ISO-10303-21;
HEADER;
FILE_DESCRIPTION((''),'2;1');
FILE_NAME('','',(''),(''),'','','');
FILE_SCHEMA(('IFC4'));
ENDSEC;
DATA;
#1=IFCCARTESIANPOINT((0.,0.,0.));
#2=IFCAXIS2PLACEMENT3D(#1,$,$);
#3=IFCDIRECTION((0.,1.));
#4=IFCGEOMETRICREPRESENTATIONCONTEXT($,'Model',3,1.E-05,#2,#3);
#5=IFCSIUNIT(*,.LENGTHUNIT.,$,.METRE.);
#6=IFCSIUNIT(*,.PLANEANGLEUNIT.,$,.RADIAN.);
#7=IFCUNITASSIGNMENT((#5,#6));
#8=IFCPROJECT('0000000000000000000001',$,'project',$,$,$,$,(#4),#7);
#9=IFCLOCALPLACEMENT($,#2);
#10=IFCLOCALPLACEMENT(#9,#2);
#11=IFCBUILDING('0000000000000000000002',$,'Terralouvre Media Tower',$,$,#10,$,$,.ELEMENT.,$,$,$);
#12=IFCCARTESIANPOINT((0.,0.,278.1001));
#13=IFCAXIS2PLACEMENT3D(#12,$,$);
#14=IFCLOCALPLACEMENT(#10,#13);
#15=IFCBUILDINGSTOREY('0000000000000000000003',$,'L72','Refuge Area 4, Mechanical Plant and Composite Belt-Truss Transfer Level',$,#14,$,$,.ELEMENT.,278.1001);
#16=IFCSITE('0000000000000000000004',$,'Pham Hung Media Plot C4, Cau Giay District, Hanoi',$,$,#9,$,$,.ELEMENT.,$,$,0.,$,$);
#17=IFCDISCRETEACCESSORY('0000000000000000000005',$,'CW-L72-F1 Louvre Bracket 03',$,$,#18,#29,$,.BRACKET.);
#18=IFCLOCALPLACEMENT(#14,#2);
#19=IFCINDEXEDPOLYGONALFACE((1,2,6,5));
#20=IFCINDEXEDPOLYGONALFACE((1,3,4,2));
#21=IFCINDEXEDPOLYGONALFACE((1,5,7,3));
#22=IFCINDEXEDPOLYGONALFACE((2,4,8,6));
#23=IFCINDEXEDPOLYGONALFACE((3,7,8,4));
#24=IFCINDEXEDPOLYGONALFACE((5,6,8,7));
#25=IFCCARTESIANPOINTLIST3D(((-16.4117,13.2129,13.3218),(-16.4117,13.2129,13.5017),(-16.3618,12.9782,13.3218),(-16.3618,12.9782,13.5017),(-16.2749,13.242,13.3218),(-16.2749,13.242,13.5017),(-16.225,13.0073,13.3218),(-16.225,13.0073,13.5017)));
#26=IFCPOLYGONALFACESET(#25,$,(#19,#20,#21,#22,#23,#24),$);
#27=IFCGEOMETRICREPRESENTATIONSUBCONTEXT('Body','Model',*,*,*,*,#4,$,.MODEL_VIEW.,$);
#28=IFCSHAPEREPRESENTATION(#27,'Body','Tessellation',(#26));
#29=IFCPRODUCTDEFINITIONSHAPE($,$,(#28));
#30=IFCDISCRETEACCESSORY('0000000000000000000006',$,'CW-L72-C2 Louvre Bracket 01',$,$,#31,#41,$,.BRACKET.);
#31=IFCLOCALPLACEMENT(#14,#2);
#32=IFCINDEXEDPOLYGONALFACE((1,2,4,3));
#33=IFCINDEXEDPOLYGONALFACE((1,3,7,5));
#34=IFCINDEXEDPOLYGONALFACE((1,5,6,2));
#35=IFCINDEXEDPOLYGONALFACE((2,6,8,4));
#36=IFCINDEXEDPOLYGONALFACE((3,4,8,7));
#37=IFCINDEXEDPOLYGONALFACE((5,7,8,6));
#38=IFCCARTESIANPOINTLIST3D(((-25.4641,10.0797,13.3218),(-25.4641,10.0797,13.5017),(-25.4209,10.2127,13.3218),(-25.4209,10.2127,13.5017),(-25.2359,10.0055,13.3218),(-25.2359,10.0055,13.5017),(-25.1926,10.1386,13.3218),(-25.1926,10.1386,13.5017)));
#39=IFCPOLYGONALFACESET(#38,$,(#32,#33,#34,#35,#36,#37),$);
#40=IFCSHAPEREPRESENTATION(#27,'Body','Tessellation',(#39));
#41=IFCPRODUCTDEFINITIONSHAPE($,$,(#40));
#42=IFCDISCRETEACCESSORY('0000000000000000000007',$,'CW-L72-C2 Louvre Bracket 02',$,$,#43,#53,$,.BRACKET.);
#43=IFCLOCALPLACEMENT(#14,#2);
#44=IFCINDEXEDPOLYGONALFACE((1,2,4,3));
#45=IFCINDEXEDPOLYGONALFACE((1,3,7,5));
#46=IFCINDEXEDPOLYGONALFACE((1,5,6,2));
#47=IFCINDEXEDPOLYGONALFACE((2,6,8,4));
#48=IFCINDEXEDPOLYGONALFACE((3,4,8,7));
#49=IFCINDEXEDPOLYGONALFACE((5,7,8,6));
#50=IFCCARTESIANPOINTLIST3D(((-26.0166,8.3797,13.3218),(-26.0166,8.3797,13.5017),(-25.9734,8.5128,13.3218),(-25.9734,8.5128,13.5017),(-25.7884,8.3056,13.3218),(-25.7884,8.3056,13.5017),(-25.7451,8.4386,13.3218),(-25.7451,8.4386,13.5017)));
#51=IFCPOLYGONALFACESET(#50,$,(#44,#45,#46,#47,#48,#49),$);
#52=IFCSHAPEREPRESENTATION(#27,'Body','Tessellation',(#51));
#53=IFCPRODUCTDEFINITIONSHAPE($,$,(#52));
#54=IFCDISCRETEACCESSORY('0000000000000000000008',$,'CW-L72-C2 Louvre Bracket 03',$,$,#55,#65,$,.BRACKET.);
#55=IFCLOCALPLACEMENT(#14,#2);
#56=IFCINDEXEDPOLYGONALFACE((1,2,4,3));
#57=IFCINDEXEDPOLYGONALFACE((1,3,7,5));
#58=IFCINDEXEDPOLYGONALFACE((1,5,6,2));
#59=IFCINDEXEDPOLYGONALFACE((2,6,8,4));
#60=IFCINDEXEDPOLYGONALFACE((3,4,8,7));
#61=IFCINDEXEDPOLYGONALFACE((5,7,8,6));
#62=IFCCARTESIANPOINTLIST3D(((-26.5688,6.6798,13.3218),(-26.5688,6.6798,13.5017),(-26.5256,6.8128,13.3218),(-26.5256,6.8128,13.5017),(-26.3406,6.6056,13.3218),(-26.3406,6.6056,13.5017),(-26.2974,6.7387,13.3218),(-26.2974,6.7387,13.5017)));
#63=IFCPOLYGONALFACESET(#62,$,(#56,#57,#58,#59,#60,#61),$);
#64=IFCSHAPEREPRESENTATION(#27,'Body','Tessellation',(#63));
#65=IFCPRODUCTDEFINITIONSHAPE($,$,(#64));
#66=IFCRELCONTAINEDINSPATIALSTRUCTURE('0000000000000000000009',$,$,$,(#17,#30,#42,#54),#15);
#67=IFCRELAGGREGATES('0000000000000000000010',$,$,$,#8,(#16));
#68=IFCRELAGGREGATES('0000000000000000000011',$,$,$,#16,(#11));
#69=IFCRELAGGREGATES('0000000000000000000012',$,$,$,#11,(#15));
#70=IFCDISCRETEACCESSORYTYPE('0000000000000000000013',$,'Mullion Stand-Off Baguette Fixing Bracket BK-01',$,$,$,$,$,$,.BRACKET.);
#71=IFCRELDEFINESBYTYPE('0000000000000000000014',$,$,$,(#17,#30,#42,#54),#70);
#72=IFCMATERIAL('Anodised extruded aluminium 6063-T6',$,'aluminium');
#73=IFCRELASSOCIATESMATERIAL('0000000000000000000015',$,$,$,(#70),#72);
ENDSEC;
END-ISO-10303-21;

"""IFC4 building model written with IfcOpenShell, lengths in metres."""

from ifc_helpers import new_model, si_unit, direction, frame, origin, origin_2d, place, context, subcontext, project, spatial, rectangle, extrude, material, type_object, element, save


model = new_model("IFC4")

# Units and contexts
model_context = context("Model", 3, precision=1e-05, world=origin(), true_north=direction((0.0, 1.0)))
body_context = subcontext(model_context, "Body", "Model", "MODEL_VIEW")
ifc_project = project(units=[si_unit("LENGTHUNIT", "METRE"), si_unit("PLANEANGLEUNIT", "RADIAN")], contexts=[model_context])

# Site, building, storey
site_placement = place(None, origin())
site = spatial("IfcSite", under=ifc_project, at=site_placement, Name="Pham Hung Media Plot C4, Cau Giay District, Hanoi", CompositionType="ELEMENT", RefElevation=0.0)
building_placement = place(site_placement, origin())
building = spatial("IfcBuilding", under=site, at=building_placement, Name="Terralouvre Media Tower", CompositionType="ELEMENT")
storey_placement = place(building_placement, frame((0.0, 0.0, 278.1001)))
storey = spatial("IfcBuildingStorey", under=building, at=storey_placement, Name="L72", Description="Refuge Area 4, Mechanical Plant and Composite Belt-Truss Transfer Level", CompositionType="ELEMENT", Elevation=278.1001)

# Discrete accessories
ifc_material_1 = material(Name="Anodised extruded aluminium 6063-T6", Category="aluminium")
discrete_accessory_type = type_object("IfcDiscreteAccessoryType", Name="Mullion Stand-Off Baguette Fixing Bracket BK-01", PredefinedType="BRACKET", material=ifc_material_1)
for number, where, z_axis, x_axis, name in (
    (1, (-16.3184, 13.1101, 13.3218), (0.0, 0.0, 1.0), (-0.978148, -0.207912, 0.0), "CW-L72-F1 Louvre Bracket 03"),
    (2, (-25.3284, 10.1091, 13.3218), (0.0, 0.0, 1.0), (-0.309017, -0.951057, 0.0), "CW-L72-C2 Louvre Bracket 01"),
    (3, (-25.8809, 8.4092, 13.3218), (0.0, 0.0, 1.0), (-0.309017, -0.951057, 0.0), "CW-L72-C2 Louvre Bracket 02"),
    (4, (-26.4331, 6.7092, 13.3218), (0.0, 0.0, 1.0), (-0.309017, -0.951057, 0.0), "CW-L72-C2 Louvre Bracket 03"),
):
    element("IfcDiscreteAccessory", number, at=place(storey_placement, frame(where, z_axis=z_axis, x_axis=x_axis)), inside=storey, type_object=discrete_accessory_type, Name=name, PredefinedType="BRACKET", context=body_context, shape_type="SweptSolid", body=[
        extrude(rectangle(XDim=0.1399, YDim=0.24, at=origin_2d()), origin(), (0.0, 0.0, 1.0), 0.1799),
    ])

save(model, "model.ifc")
